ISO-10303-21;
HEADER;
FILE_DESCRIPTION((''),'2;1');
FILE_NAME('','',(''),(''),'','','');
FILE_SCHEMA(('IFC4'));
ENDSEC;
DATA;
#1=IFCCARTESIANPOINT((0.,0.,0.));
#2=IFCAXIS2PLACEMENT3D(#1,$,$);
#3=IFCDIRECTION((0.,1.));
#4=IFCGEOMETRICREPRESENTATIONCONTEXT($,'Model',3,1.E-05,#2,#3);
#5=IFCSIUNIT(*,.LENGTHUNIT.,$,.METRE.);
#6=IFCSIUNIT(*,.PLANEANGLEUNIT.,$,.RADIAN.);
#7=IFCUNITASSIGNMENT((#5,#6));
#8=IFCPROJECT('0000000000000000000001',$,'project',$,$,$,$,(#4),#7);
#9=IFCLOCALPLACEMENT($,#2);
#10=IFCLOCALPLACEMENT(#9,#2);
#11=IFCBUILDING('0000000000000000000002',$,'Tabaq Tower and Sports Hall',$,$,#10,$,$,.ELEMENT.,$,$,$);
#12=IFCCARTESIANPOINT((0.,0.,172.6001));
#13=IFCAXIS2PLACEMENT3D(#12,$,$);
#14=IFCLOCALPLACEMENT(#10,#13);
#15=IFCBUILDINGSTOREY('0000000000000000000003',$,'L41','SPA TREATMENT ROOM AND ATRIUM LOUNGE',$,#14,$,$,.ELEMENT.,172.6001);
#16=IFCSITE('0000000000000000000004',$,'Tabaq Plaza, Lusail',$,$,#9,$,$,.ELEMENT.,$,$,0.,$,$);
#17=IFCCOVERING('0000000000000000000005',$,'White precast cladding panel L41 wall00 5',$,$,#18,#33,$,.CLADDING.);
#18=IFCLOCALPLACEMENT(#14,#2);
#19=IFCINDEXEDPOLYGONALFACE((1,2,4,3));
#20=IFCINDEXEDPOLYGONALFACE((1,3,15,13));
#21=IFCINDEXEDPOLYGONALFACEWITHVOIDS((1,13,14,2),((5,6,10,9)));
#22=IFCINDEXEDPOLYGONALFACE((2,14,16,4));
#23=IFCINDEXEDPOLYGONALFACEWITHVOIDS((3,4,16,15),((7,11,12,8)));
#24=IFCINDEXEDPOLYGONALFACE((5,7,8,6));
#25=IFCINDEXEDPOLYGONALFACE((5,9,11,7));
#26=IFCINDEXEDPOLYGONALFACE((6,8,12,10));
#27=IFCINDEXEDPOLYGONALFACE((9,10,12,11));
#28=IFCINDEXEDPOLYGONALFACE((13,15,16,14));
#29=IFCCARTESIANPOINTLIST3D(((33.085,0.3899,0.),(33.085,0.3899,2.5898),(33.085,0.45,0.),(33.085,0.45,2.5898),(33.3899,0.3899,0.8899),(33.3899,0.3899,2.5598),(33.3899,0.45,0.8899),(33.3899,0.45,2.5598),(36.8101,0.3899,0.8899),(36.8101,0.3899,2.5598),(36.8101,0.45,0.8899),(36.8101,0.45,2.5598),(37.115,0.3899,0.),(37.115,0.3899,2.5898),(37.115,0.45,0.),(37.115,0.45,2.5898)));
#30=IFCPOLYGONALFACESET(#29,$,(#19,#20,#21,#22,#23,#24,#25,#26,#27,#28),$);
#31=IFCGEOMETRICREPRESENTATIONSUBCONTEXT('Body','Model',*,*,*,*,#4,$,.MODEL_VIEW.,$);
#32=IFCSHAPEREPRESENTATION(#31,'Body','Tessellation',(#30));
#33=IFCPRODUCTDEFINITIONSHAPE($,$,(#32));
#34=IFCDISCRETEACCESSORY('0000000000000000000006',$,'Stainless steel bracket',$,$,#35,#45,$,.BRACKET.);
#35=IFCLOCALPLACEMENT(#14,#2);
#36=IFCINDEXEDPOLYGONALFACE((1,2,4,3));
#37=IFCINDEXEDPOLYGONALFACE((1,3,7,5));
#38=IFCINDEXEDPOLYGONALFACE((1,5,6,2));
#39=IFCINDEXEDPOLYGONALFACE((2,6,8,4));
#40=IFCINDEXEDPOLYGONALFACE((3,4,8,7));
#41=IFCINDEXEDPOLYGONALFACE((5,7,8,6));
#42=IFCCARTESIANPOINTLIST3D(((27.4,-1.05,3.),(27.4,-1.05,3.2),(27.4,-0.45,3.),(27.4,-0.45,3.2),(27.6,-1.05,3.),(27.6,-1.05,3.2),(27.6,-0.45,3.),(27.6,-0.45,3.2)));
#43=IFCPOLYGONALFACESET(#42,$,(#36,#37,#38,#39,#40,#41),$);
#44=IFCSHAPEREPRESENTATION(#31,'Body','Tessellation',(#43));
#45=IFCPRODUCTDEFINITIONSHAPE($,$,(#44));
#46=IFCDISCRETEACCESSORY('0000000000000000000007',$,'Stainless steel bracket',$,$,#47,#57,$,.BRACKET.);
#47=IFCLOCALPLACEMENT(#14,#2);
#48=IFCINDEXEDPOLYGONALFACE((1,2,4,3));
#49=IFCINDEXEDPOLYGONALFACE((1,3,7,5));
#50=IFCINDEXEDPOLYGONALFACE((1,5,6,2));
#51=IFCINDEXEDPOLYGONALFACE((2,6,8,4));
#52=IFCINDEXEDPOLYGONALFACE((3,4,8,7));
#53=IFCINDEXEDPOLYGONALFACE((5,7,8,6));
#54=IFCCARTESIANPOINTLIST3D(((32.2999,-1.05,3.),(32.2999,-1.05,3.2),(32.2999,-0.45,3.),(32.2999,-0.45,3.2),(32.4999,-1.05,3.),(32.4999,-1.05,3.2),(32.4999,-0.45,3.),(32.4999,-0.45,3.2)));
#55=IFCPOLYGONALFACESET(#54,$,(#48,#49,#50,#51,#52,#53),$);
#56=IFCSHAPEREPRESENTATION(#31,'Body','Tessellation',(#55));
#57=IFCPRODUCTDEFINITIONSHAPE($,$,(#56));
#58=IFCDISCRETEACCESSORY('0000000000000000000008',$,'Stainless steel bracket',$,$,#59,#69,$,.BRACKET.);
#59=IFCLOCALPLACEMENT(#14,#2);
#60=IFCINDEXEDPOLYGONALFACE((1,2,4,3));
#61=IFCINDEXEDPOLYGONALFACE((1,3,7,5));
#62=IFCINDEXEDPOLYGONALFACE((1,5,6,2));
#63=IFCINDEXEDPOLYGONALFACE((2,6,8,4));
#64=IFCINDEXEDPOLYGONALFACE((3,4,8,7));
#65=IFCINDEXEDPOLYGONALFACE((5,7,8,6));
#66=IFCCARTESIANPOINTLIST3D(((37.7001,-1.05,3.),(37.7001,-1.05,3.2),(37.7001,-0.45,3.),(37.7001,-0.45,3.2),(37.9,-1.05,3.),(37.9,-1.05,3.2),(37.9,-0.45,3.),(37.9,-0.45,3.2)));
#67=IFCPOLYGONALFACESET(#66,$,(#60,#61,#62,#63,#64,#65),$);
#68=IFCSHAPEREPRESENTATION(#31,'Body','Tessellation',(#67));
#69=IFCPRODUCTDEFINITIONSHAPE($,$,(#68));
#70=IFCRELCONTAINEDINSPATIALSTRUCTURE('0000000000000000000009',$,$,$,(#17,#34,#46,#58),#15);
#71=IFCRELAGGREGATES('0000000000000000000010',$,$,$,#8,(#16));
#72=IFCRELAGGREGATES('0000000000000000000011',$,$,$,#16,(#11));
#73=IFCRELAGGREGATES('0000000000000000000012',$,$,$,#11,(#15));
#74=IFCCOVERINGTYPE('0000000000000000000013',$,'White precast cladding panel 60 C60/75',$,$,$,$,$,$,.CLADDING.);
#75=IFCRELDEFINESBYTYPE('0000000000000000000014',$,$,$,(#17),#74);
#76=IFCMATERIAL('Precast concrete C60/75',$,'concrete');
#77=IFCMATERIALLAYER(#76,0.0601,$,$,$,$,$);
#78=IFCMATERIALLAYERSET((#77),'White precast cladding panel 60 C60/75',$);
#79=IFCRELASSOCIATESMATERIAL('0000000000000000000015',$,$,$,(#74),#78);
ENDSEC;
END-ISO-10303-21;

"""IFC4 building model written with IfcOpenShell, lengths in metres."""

from ifc_helpers import new_model, si_unit, direction, frame, origin, origin_2d, place, context, subcontext, project, spatial, polyline, rectangle, outline, extrude, material, layer, layer_set, type_object, element, save


model = new_model("IFC4")

# Units and contexts
model_context = context("Model", 3, precision=1e-05, world=origin(), true_north=direction((0.0, 1.0)))
body_context = subcontext(model_context, "Body", "Model", "MODEL_VIEW")
ifc_project = project(units=[si_unit("LENGTHUNIT", "METRE"), si_unit("PLANEANGLEUNIT", "RADIAN")], contexts=[model_context])

# Site, building, storey
site_placement = place(None, origin())
site = spatial("IfcSite", under=ifc_project, at=site_placement, Name="Tabaq Plaza, Lusail", CompositionType="ELEMENT", RefElevation=0.0)
building_placement = place(site_placement, origin())
building = spatial("IfcBuilding", under=site, at=building_placement, Name="Tabaq Tower and Sports Hall", CompositionType="ELEMENT")
storey_placement = place(building_placement, frame((0.0, 0.0, 172.6001)))
storey = spatial("IfcBuildingStorey", under=building, at=storey_placement, Name="L41", Description="SPA TREATMENT ROOM AND ATRIUM LOUNGE", CompositionType="ELEMENT", Elevation=172.6001)

# Covering
ifc_material_1 = material(Name="Precast concrete C60/75", Category="concrete")
ifc_layer_1 = layer(ifc_material_1, 0.0601)
ifc_layer_set_1 = layer_set([ifc_layer_1], Name="White precast cladding panel 60 C60/75")
covering_type_1 = type_object("IfcCoveringType", Name="White precast cladding panel 60 C60/75", PredefinedType="CLADDING", material=ifc_layer_set_1)
covering_1_placement = place(storey_placement, frame((33.085, 0.4199, 0.0), z_axis=(0.0, 0.0, 1.0), x_axis=(1.0, 0.0, 0.0)))
element("IfcCovering", 1, at=covering_1_placement, inside=storey, type_object=covering_type_1, Name="White precast cladding panel L41 wall00 5", PredefinedType="CLADDING", context=body_context, shape_type="SweptSolid", body=[
    extrude(outline(polyline([(0.0, 0.0), (4.03, 0.0), (4.03, 2.5898), (0.0, 2.5898), (0.0, 0.0)]), holes=[polyline([(3.7251, 0.8899), (0.3049, 0.8899), (0.3049, 2.5598), (3.7251, 2.5598), (3.7251, 0.8899)])]), frame((0.0, 0.03, 0.0), z_axis=(0.0, -1.0, 0.0), x_axis=(1.0, 0.0, 0.0)), (0.0, 0.0, 1.0), 0.0601),
])

# Discrete accessories
for number, where, z_axis, x_axis, name in (
    (2, (27.5, -0.75, 3.0), (0.0, 0.0, 1.0), (0.0, -1.0, 0.0), "Stainless steel bracket"),
    (3, (32.3999, -0.75, 3.0), (0.0, 0.0, 1.0), (0.0, -1.0, 0.0), "Stainless steel bracket"),
    (4, (37.8, -0.75, 3.0), (0.0, 0.0, 1.0), (0.0, -1.0, 0.0), "Stainless steel bracket"),
):
    element("IfcDiscreteAccessory", number, at=place(storey_placement, frame(where, z_axis=z_axis, x_axis=x_axis)), inside=storey, Name=name, PredefinedType="BRACKET", context=body_context, shape_type="SweptSolid", body=[
        extrude(rectangle(XDim=0.6001, YDim=0.2, at=origin_2d()), origin(), (0.0, 0.0, 1.0), 0.2),
    ])

save(model, "model.ifc")
